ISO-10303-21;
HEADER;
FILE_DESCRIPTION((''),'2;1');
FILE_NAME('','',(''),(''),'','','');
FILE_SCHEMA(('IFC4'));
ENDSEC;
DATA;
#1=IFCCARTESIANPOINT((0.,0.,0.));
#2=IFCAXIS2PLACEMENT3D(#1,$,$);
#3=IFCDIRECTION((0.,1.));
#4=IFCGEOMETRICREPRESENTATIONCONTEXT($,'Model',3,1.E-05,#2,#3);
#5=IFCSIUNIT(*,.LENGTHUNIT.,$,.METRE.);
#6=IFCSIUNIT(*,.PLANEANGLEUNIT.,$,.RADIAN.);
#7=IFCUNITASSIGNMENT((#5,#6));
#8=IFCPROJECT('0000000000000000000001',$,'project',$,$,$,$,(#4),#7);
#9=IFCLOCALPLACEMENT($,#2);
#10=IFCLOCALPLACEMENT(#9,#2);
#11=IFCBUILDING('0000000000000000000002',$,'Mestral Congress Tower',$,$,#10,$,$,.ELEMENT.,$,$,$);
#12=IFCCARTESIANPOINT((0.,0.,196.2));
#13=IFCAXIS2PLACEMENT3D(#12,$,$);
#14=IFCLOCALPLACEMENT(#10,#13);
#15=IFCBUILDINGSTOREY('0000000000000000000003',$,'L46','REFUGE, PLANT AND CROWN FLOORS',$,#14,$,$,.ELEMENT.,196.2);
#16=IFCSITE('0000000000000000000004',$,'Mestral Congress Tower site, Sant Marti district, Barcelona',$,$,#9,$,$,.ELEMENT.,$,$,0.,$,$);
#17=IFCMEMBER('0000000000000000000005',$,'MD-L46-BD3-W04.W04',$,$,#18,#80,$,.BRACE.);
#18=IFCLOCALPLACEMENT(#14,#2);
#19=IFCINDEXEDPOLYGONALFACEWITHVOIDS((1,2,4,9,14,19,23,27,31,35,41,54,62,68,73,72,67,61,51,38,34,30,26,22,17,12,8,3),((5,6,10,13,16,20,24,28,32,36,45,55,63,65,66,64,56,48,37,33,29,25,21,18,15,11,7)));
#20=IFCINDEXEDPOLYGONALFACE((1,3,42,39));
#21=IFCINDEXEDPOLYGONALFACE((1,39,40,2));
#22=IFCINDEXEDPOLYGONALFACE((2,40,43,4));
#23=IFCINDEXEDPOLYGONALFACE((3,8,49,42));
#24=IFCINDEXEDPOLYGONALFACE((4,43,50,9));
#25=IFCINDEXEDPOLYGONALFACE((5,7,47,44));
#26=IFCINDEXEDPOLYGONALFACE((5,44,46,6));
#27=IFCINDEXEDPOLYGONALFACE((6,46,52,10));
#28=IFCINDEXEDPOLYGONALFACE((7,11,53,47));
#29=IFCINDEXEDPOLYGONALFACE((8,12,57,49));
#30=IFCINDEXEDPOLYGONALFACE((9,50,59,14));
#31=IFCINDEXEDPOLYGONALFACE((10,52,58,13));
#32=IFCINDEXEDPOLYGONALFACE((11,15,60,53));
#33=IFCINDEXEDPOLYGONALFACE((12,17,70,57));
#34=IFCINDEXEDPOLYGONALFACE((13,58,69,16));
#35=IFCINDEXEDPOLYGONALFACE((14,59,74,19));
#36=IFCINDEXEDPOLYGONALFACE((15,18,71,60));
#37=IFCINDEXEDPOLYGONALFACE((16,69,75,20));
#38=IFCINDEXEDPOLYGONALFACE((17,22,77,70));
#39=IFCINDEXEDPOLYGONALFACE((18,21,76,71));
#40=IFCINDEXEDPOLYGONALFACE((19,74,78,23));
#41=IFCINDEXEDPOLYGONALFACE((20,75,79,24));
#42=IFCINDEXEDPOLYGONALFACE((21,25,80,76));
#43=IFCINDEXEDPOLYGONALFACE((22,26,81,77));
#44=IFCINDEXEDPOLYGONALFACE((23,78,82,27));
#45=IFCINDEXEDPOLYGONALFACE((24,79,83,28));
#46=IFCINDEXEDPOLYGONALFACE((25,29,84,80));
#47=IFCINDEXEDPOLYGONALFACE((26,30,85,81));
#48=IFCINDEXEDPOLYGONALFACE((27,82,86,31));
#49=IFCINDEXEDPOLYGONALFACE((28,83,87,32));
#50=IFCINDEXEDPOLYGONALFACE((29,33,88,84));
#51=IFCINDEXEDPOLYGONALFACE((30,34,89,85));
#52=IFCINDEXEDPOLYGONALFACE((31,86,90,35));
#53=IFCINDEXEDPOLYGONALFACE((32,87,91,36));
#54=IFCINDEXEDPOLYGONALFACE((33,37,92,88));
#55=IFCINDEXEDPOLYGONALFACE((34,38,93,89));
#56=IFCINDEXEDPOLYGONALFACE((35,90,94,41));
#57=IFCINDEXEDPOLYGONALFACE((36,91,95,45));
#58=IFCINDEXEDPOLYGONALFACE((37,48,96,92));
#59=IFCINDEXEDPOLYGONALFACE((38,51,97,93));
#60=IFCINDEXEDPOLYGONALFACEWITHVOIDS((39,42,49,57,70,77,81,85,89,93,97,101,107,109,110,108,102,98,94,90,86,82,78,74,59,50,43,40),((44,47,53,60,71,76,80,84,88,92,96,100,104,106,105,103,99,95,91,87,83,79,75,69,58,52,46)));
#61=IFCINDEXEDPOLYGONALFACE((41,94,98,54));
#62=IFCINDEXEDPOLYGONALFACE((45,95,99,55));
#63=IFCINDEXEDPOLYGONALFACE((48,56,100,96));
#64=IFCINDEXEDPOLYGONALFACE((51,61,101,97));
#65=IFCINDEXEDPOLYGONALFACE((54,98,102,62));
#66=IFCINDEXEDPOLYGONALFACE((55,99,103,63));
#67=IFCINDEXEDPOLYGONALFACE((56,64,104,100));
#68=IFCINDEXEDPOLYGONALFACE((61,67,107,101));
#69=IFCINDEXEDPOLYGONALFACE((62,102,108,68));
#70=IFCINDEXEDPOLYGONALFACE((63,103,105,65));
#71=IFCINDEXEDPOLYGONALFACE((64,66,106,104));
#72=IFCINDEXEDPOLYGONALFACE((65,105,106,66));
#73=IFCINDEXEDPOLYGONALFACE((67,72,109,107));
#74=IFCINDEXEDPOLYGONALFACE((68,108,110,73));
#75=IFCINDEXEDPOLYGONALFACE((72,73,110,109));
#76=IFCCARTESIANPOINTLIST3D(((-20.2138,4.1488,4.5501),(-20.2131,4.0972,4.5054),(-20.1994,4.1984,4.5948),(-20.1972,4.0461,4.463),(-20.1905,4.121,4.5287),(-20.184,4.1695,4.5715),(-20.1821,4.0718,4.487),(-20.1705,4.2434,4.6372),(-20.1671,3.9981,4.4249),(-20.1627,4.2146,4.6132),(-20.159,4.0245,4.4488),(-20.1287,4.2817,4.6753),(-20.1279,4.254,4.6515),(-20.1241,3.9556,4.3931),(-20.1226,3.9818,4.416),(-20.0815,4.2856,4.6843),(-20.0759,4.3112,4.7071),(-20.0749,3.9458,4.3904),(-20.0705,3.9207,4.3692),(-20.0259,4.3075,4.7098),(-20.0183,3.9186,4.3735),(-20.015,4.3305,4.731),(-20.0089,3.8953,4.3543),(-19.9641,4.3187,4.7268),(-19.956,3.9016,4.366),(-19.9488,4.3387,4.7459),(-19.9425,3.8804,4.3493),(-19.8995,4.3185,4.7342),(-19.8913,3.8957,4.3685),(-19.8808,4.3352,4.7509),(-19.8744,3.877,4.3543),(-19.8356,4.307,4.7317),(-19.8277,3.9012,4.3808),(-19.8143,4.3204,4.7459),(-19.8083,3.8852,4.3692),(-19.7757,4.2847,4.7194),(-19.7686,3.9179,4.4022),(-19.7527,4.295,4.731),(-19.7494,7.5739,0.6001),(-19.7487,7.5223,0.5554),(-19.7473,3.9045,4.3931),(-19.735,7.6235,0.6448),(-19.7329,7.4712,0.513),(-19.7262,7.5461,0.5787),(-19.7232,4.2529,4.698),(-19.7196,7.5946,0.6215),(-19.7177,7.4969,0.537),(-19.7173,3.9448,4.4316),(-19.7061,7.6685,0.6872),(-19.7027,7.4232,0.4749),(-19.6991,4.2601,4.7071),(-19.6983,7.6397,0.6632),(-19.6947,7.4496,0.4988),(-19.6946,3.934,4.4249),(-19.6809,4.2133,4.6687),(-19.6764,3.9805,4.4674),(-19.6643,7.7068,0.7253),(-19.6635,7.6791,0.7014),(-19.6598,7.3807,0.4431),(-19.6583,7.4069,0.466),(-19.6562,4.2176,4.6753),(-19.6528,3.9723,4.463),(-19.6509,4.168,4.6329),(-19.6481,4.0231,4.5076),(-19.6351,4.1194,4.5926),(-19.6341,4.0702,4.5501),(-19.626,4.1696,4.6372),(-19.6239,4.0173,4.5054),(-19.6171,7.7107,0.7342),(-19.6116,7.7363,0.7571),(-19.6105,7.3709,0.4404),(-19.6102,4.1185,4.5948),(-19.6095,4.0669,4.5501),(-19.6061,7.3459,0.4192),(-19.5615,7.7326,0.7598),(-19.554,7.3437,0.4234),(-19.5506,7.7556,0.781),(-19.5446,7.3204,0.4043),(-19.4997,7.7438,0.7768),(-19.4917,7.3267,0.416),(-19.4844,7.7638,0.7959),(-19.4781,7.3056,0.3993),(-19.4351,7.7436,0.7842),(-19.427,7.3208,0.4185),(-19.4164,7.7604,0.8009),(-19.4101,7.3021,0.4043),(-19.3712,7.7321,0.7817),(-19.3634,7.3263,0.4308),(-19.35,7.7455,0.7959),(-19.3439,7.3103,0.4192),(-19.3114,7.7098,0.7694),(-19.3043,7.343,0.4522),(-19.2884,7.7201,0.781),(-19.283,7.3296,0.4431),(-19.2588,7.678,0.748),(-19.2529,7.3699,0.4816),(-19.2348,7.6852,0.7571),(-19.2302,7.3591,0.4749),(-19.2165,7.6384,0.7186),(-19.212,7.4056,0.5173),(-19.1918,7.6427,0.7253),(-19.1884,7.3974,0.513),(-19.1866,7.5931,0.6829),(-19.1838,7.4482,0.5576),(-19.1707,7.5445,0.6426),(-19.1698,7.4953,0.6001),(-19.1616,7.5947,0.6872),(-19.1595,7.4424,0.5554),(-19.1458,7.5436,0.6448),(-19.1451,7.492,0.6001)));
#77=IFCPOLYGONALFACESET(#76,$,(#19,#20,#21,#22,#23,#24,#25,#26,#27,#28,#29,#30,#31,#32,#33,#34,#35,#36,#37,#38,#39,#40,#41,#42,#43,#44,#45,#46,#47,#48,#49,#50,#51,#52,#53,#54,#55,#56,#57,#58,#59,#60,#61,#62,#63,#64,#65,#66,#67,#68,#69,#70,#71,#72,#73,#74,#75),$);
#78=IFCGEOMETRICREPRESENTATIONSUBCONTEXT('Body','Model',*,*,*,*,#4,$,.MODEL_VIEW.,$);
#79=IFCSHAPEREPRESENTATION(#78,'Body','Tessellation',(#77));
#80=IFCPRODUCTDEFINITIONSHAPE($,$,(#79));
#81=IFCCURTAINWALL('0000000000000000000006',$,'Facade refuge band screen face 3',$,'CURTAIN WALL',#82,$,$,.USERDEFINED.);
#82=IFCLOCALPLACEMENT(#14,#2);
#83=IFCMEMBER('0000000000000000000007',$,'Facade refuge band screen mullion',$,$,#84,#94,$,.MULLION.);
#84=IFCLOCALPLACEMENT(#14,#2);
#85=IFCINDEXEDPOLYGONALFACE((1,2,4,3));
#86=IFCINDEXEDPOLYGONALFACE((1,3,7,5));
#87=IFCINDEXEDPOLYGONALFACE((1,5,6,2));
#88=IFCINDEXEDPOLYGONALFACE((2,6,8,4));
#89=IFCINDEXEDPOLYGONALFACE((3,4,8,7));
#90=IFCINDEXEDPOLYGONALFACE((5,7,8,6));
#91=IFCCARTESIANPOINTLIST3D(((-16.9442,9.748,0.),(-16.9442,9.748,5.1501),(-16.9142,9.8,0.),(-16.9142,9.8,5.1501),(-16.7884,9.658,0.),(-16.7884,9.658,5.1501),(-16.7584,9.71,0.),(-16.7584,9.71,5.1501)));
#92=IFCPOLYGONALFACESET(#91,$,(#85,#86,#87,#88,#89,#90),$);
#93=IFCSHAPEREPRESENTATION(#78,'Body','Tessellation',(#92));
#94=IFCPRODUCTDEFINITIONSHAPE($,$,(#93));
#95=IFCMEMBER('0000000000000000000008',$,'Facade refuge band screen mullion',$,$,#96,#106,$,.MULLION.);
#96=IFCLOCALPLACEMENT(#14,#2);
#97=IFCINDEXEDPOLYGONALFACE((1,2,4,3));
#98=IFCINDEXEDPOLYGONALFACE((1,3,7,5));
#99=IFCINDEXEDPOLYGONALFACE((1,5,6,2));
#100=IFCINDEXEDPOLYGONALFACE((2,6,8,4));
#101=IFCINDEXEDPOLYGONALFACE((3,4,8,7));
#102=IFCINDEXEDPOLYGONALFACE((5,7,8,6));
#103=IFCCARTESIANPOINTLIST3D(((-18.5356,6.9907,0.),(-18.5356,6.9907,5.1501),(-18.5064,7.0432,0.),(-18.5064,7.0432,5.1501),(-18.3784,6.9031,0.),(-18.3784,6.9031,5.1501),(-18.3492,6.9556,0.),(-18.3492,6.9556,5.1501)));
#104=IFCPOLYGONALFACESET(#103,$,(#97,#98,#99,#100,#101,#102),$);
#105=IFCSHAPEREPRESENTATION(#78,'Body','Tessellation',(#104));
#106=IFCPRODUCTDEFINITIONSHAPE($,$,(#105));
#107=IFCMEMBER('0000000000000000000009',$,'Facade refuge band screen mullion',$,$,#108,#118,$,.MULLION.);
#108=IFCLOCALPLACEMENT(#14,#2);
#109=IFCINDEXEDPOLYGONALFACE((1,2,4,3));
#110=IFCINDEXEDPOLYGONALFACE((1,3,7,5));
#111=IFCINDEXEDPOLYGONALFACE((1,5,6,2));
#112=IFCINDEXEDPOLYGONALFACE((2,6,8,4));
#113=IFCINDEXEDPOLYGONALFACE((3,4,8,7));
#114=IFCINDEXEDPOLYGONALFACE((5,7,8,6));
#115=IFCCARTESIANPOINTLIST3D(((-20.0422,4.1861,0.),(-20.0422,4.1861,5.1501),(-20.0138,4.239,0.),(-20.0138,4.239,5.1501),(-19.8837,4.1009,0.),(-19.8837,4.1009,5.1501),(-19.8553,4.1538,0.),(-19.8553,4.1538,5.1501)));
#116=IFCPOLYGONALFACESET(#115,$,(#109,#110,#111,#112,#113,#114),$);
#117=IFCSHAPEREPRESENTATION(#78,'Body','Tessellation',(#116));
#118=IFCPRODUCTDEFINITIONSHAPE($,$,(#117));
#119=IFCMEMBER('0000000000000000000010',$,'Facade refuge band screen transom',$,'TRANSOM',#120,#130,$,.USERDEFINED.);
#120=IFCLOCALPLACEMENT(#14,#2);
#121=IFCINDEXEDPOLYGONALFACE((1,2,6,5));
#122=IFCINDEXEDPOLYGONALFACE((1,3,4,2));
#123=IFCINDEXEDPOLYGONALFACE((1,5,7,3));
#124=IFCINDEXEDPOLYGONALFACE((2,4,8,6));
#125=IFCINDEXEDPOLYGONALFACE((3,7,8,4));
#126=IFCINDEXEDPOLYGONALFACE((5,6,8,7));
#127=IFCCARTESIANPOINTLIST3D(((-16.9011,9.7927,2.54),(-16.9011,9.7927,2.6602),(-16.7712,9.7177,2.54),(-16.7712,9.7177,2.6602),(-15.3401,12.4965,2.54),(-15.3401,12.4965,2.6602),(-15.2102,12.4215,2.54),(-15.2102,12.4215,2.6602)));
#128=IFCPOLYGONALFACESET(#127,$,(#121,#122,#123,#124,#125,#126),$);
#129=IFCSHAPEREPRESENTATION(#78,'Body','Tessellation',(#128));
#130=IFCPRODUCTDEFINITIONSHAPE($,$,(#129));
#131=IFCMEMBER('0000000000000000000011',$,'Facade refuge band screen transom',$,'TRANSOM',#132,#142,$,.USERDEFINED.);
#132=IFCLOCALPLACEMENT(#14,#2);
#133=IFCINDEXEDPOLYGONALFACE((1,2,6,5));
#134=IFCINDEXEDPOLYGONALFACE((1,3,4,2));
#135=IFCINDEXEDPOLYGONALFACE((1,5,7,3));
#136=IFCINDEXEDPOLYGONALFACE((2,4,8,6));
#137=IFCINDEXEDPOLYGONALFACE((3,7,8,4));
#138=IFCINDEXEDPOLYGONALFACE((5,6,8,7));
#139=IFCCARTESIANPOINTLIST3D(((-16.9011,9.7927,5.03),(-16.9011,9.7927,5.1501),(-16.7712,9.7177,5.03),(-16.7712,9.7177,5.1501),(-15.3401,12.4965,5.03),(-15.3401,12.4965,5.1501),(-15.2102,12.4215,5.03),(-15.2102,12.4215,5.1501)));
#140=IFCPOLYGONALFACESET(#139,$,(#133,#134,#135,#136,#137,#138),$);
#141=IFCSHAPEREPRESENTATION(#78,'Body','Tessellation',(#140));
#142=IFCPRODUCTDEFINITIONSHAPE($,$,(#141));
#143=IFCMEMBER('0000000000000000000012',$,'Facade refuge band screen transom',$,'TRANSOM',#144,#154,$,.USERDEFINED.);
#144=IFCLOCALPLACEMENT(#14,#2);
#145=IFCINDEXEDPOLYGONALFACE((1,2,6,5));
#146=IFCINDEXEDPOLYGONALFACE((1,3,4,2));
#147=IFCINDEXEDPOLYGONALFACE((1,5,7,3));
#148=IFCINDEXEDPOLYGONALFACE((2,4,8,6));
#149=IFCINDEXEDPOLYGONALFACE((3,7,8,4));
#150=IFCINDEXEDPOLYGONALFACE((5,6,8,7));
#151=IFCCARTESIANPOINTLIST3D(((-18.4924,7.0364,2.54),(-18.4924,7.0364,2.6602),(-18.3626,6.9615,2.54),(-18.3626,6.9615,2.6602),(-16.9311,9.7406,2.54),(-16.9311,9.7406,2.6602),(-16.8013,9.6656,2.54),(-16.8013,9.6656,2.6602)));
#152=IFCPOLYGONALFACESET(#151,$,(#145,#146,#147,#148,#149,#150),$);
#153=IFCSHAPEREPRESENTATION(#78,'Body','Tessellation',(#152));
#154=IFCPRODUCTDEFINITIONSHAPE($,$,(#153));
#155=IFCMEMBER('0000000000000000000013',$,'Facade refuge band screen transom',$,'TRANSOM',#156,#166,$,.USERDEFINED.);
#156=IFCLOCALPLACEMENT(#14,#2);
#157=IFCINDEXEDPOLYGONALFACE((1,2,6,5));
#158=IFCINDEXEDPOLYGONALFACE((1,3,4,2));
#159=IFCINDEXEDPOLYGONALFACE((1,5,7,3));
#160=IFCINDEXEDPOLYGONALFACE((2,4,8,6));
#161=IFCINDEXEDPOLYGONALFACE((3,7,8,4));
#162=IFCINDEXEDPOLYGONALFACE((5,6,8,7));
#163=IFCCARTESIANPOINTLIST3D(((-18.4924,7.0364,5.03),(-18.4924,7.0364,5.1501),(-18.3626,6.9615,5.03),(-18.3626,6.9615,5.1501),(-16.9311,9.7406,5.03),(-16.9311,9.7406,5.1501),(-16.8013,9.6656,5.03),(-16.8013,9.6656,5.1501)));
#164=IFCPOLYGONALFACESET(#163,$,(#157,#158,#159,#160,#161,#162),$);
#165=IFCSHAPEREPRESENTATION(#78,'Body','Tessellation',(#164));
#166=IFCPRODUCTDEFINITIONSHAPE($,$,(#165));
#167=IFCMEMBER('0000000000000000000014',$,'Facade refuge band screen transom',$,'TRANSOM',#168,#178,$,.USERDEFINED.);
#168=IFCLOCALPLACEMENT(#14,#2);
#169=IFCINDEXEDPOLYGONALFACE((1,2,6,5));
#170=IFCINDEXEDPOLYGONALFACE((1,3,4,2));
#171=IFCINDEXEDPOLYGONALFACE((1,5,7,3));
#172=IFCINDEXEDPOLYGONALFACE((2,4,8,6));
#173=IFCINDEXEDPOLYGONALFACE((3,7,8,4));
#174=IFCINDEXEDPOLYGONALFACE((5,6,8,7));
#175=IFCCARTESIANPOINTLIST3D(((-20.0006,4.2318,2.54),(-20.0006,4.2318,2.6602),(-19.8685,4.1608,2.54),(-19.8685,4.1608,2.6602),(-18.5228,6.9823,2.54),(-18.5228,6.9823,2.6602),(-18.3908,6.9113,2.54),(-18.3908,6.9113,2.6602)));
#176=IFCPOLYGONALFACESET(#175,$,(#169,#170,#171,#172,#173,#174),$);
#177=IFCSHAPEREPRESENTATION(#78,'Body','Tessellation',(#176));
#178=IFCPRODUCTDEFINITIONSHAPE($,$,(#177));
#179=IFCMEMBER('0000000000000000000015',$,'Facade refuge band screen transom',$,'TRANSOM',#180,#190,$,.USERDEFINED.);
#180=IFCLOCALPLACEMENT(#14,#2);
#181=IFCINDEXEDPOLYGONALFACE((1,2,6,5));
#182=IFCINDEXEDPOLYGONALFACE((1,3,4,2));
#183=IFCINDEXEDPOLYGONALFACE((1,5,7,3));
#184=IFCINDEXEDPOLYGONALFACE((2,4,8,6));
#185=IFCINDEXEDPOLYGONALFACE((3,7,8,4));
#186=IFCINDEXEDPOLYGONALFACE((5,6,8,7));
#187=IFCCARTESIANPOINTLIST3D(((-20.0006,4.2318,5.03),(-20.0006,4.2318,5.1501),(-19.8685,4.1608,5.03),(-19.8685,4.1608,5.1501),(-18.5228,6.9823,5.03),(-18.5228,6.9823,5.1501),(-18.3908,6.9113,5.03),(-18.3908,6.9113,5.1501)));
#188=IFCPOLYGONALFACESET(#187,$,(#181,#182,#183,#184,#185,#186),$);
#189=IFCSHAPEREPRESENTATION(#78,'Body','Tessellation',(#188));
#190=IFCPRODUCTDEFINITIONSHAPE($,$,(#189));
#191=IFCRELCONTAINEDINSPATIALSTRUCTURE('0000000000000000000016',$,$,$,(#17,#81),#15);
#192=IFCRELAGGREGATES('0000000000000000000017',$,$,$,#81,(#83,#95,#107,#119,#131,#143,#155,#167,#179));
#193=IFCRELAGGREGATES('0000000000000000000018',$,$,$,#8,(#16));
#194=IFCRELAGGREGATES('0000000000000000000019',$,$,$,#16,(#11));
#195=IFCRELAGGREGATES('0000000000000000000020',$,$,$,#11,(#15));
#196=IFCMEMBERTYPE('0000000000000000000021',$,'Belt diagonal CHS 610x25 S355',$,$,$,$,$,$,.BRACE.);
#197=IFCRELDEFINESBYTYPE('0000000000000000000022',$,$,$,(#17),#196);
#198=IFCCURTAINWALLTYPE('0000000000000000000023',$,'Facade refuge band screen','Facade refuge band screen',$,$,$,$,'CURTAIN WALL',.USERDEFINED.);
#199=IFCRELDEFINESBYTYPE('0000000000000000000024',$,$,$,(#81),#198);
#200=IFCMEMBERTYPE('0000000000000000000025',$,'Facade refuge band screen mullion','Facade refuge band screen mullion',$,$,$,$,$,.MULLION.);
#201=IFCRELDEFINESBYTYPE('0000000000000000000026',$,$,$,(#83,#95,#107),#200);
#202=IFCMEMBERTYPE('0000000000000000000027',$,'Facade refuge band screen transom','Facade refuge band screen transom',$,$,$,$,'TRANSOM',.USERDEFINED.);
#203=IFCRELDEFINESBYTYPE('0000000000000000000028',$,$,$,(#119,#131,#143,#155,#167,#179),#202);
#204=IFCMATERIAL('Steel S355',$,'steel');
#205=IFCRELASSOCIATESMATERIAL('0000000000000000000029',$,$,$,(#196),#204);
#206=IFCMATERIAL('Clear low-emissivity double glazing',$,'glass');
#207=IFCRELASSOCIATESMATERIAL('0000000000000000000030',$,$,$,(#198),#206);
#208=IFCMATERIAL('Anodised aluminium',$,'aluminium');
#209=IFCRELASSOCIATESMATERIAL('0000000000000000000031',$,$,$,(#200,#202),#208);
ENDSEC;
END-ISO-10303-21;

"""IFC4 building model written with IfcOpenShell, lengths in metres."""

from ifc_helpers import new_model, si_unit, direction, frame, origin, origin_2d, place, context, subcontext, project, spatial, rectangle, hollow_circle, extrude, material, material_profile, profile_set, type_object, element, aggregate, save


model = new_model("IFC4")

# Units and contexts
model_context = context("Model", 3, precision=1e-05, world=origin(), true_north=direction((0.0, 1.0)))
body_context = subcontext(model_context, "Body", "Model", "MODEL_VIEW")
ifc_project = project(units=[si_unit("LENGTHUNIT", "METRE"), si_unit("PLANEANGLEUNIT", "RADIAN")], contexts=[model_context])

# Site, building, storey
site_placement = place(None, origin())
site = spatial("IfcSite", under=ifc_project, at=site_placement, Name="Mestral Congress Tower site, Sant Marti district, Barcelona", CompositionType="ELEMENT", RefElevation=0.0)
building_placement = place(site_placement, origin())
building = spatial("IfcBuilding", under=site, at=building_placement, Name="Mestral Congress Tower", CompositionType="ELEMENT")
storey_placement = place(building_placement, frame((0.0, 0.0, 196.2)))
storey = spatial("IfcBuildingStorey", under=building, at=storey_placement, Name="L46", Description="REFUGE, PLANT AND CROWN FLOORS", CompositionType="ELEMENT", Elevation=196.2)

# Member
ifc_material_1 = material(Name="Steel S355", Category="steel")
ifc_material_profile_1 = material_profile(ifc_material_1, hollow_circle(Radius=0.3049, WallThickness=0.0249, at=origin_2d()), Name="CHS 610x25")
ifc_profile_set_1 = profile_set([ifc_material_profile_1], Name="Steel S355")
member_type_1 = type_object("IfcMemberType", Name="Belt diagonal CHS 610x25 S355", PredefinedType="BRACE", material=ifc_profile_set_1)
member_1_placement = place(storey_placement, frame((-19.4473, 7.533, 0.6001), z_axis=(-0.088471, -0.652554, 0.75256), x_axis=(0.990934, -0.134347, 0.0)))
element("IfcMember", 1, at=member_1_placement, inside=storey, type_object=member_type_1, Name="MD-L46-BD3-W04.W04", PredefinedType="BRACE", context=body_context, shape_type="SweptSolid", body=[
    extrude(hollow_circle(Radius=0.3049, WallThickness=0.0249, at=origin_2d()), origin(), (0.0, 0.0, 1.0), 5.2488),
])

# Curtain wall, members
ifc_material_2 = material(Name="Clear low-emissivity double glazing", Category="glass")
curtain_wall_type = type_object("IfcCurtainWallType", Name="Facade refuge band screen", Description="Facade refuge band screen", ElementType="CURTAIN WALL", PredefinedType="USERDEFINED", material=ifc_material_2)
curtain_wall_placement = place(storey_placement, origin())
curtain_wall = element("IfcCurtainWall", 2, at=curtain_wall_placement, inside=storey, type_object=curtain_wall_type, Name="Facade refuge band screen face 3", ObjectType="CURTAIN WALL", PredefinedType="USERDEFINED")
ifc_material_3 = material(Name="Anodised aluminium", Category="aluminium")
ifc_material_profile_2 = material_profile(ifc_material_3, rectangle(XDim=0.1799, YDim=0.0601, at=origin_2d()), Name="CW3 mullion 180 x 60")
ifc_profile_set_2 = profile_set([ifc_material_profile_2], Name="Anodised aluminium")
member_type_2 = type_object("IfcMemberType", Name="Facade refuge band screen mullion", Description="Facade refuge band screen mullion", PredefinedType="MULLION", material=ifc_profile_set_2)
member_2_placement = place(storey_placement, frame((-16.8513, 9.729, 0.0), z_axis=(0.0, 0.0, 1.0), x_axis=(-0.866025, 0.5, 0.0)))
member_2 = element("IfcMember", 3, at=member_2_placement, type_object=member_type_2, Name="Facade refuge band screen mullion", PredefinedType="MULLION", context=body_context, shape_type="SweptSolid", body=[
    extrude(rectangle(XDim=0.1799, YDim=0.0601, at=origin_2d()), origin(), (0.0, 0.0, 1.0), 5.1501),
])
member_3_placement = place(storey_placement, frame((-18.4424, 6.9731, 0.0), z_axis=(0.0, 0.0, 1.0), x_axis=(-0.873556, 0.486724, 0.0)))
member_3 = element("IfcMember", 4, at=member_3_placement, type_object=member_type_2, Name="Facade refuge band screen mullion", PredefinedType="MULLION", context=body_context, shape_type="SweptSolid", body=[
    extrude(rectangle(XDim=0.1799, YDim=0.0601, at=origin_2d()), origin(), (0.0, 0.0, 1.0), 5.1501),
])
member_4_placement = place(storey_placement, frame((-19.9487, 4.1699, 0.0), z_axis=(0.0, 0.0, 1.0), x_axis=(-0.880882, 0.473337, 0.0)))
member_4 = element("IfcMember", 5, at=member_4_placement, type_object=member_type_2, Name="Facade refuge band screen mullion", PredefinedType="MULLION", context=body_context, shape_type="SweptSolid", body=[
    extrude(rectangle(XDim=0.1799, YDim=0.0601, at=origin_2d()), origin(), (0.0, 0.0, 1.0), 5.1501),
])
ifc_material_profile_3 = material_profile(ifc_material_3, rectangle(XDim=0.1499, YDim=0.1201, at=origin_2d()), Name="CW3 transom 150 x 120")
ifc_profile_set_3 = profile_set([ifc_material_profile_3], Name="Anodised aluminium")
member_type_3 = type_object("IfcMemberType", Name="Facade refuge band screen transom", Description="Facade refuge band screen transom", ElementType="TRANSOM", PredefinedType="USERDEFINED", material=ifc_profile_set_3)
member_5_placement = place(storey_placement, frame((-15.2751, 12.459, 2.6001), z_axis=(-0.499991, -0.866031, 0.0), x_axis=(0.866031, -0.499991, 0.0)))
member_5 = element("IfcMember", 6, at=member_5_placement, type_object=member_type_3, Name="Facade refuge band screen transom", ObjectType="TRANSOM", PredefinedType="USERDEFINED", context=body_context, shape_type="SweptSolid", body=[
    extrude(rectangle(XDim=0.1499, YDim=0.1201, at=origin_2d()), origin(), (0.0, 0.0, 1.0), 3.1221),
])
member_6_placement = place(storey_placement, frame((-15.2751, 12.459, 5.0901), z_axis=(-0.499991, -0.866031, 0.0), x_axis=(0.866031, -0.499991, 0.0)))
member_6 = element("IfcMember", 7, at=member_6_placement, type_object=member_type_3, Name="Facade refuge band screen transom", ObjectType="TRANSOM", PredefinedType="USERDEFINED", context=body_context, shape_type="SweptSolid", body=[
    extrude(rectangle(XDim=0.1499, YDim=0.1201, at=origin_2d()), origin(), (0.0, 0.0, 1.0), 3.1221),
])
member_7_placement = place(storey_placement, frame((-16.8662, 9.7031, 2.6001), z_axis=(-0.500016, -0.866016, 0.0), x_axis=(0.866016, -0.500016, 0.0)))
member_7 = element("IfcMember", 8, at=member_7_placement, type_object=member_type_3, Name="Facade refuge band screen transom", ObjectType="TRANSOM", PredefinedType="USERDEFINED", context=body_context, shape_type="SweptSolid", body=[
    extrude(rectangle(XDim=0.1499, YDim=0.1201, at=origin_2d()), origin(), (0.0, 0.0, 1.0), 3.1226),
])
member_8_placement = place(storey_placement, frame((-16.8662, 9.7031, 5.0901), z_axis=(-0.500016, -0.866016, 0.0), x_axis=(0.866016, -0.500016, 0.0)))
member_8 = element("IfcMember", 9, at=member_8_placement, type_object=member_type_3, Name="Facade refuge band screen transom", ObjectType="TRANSOM", PredefinedType="USERDEFINED", context=body_context, shape_type="SweptSolid", body=[
    extrude(rectangle(XDim=0.1499, YDim=0.1201, at=origin_2d()), origin(), (0.0, 0.0, 1.0), 3.1226),
])
member_9_placement = place(storey_placement, frame((-18.4568, 6.9468, 2.6001), z_axis=(-0.473293, -0.880905, 0.0), x_axis=(0.880905, -0.473293, 0.0)))
member_9 = element("IfcMember", 10, at=member_9_placement, type_object=member_type_3, Name="Facade refuge band screen transom", ObjectType="TRANSOM", PredefinedType="USERDEFINED", context=body_context, shape_type="SweptSolid", body=[
    extrude(rectangle(XDim=0.1499, YDim=0.1201, at=origin_2d()), origin(), (0.0, 0.0, 1.0), 3.1223),
])
member_10_placement = place(storey_placement, frame((-18.4568, 6.9468, 5.0901), z_axis=(-0.473293, -0.880905, 0.0), x_axis=(0.880905, -0.473293, 0.0)))
member_10 = element("IfcMember", 11, at=member_10_placement, type_object=member_type_3, Name="Facade refuge band screen transom", ObjectType="TRANSOM", PredefinedType="USERDEFINED", context=body_context, shape_type="SweptSolid", body=[
    extrude(rectangle(XDim=0.1499, YDim=0.1201, at=origin_2d()), origin(), (0.0, 0.0, 1.0), 3.1223),
])

aggregate(curtain_wall, [member_2, member_3, member_4, member_5, member_6, member_7, member_8, member_9, member_10])

save(model, "model.ifc")
